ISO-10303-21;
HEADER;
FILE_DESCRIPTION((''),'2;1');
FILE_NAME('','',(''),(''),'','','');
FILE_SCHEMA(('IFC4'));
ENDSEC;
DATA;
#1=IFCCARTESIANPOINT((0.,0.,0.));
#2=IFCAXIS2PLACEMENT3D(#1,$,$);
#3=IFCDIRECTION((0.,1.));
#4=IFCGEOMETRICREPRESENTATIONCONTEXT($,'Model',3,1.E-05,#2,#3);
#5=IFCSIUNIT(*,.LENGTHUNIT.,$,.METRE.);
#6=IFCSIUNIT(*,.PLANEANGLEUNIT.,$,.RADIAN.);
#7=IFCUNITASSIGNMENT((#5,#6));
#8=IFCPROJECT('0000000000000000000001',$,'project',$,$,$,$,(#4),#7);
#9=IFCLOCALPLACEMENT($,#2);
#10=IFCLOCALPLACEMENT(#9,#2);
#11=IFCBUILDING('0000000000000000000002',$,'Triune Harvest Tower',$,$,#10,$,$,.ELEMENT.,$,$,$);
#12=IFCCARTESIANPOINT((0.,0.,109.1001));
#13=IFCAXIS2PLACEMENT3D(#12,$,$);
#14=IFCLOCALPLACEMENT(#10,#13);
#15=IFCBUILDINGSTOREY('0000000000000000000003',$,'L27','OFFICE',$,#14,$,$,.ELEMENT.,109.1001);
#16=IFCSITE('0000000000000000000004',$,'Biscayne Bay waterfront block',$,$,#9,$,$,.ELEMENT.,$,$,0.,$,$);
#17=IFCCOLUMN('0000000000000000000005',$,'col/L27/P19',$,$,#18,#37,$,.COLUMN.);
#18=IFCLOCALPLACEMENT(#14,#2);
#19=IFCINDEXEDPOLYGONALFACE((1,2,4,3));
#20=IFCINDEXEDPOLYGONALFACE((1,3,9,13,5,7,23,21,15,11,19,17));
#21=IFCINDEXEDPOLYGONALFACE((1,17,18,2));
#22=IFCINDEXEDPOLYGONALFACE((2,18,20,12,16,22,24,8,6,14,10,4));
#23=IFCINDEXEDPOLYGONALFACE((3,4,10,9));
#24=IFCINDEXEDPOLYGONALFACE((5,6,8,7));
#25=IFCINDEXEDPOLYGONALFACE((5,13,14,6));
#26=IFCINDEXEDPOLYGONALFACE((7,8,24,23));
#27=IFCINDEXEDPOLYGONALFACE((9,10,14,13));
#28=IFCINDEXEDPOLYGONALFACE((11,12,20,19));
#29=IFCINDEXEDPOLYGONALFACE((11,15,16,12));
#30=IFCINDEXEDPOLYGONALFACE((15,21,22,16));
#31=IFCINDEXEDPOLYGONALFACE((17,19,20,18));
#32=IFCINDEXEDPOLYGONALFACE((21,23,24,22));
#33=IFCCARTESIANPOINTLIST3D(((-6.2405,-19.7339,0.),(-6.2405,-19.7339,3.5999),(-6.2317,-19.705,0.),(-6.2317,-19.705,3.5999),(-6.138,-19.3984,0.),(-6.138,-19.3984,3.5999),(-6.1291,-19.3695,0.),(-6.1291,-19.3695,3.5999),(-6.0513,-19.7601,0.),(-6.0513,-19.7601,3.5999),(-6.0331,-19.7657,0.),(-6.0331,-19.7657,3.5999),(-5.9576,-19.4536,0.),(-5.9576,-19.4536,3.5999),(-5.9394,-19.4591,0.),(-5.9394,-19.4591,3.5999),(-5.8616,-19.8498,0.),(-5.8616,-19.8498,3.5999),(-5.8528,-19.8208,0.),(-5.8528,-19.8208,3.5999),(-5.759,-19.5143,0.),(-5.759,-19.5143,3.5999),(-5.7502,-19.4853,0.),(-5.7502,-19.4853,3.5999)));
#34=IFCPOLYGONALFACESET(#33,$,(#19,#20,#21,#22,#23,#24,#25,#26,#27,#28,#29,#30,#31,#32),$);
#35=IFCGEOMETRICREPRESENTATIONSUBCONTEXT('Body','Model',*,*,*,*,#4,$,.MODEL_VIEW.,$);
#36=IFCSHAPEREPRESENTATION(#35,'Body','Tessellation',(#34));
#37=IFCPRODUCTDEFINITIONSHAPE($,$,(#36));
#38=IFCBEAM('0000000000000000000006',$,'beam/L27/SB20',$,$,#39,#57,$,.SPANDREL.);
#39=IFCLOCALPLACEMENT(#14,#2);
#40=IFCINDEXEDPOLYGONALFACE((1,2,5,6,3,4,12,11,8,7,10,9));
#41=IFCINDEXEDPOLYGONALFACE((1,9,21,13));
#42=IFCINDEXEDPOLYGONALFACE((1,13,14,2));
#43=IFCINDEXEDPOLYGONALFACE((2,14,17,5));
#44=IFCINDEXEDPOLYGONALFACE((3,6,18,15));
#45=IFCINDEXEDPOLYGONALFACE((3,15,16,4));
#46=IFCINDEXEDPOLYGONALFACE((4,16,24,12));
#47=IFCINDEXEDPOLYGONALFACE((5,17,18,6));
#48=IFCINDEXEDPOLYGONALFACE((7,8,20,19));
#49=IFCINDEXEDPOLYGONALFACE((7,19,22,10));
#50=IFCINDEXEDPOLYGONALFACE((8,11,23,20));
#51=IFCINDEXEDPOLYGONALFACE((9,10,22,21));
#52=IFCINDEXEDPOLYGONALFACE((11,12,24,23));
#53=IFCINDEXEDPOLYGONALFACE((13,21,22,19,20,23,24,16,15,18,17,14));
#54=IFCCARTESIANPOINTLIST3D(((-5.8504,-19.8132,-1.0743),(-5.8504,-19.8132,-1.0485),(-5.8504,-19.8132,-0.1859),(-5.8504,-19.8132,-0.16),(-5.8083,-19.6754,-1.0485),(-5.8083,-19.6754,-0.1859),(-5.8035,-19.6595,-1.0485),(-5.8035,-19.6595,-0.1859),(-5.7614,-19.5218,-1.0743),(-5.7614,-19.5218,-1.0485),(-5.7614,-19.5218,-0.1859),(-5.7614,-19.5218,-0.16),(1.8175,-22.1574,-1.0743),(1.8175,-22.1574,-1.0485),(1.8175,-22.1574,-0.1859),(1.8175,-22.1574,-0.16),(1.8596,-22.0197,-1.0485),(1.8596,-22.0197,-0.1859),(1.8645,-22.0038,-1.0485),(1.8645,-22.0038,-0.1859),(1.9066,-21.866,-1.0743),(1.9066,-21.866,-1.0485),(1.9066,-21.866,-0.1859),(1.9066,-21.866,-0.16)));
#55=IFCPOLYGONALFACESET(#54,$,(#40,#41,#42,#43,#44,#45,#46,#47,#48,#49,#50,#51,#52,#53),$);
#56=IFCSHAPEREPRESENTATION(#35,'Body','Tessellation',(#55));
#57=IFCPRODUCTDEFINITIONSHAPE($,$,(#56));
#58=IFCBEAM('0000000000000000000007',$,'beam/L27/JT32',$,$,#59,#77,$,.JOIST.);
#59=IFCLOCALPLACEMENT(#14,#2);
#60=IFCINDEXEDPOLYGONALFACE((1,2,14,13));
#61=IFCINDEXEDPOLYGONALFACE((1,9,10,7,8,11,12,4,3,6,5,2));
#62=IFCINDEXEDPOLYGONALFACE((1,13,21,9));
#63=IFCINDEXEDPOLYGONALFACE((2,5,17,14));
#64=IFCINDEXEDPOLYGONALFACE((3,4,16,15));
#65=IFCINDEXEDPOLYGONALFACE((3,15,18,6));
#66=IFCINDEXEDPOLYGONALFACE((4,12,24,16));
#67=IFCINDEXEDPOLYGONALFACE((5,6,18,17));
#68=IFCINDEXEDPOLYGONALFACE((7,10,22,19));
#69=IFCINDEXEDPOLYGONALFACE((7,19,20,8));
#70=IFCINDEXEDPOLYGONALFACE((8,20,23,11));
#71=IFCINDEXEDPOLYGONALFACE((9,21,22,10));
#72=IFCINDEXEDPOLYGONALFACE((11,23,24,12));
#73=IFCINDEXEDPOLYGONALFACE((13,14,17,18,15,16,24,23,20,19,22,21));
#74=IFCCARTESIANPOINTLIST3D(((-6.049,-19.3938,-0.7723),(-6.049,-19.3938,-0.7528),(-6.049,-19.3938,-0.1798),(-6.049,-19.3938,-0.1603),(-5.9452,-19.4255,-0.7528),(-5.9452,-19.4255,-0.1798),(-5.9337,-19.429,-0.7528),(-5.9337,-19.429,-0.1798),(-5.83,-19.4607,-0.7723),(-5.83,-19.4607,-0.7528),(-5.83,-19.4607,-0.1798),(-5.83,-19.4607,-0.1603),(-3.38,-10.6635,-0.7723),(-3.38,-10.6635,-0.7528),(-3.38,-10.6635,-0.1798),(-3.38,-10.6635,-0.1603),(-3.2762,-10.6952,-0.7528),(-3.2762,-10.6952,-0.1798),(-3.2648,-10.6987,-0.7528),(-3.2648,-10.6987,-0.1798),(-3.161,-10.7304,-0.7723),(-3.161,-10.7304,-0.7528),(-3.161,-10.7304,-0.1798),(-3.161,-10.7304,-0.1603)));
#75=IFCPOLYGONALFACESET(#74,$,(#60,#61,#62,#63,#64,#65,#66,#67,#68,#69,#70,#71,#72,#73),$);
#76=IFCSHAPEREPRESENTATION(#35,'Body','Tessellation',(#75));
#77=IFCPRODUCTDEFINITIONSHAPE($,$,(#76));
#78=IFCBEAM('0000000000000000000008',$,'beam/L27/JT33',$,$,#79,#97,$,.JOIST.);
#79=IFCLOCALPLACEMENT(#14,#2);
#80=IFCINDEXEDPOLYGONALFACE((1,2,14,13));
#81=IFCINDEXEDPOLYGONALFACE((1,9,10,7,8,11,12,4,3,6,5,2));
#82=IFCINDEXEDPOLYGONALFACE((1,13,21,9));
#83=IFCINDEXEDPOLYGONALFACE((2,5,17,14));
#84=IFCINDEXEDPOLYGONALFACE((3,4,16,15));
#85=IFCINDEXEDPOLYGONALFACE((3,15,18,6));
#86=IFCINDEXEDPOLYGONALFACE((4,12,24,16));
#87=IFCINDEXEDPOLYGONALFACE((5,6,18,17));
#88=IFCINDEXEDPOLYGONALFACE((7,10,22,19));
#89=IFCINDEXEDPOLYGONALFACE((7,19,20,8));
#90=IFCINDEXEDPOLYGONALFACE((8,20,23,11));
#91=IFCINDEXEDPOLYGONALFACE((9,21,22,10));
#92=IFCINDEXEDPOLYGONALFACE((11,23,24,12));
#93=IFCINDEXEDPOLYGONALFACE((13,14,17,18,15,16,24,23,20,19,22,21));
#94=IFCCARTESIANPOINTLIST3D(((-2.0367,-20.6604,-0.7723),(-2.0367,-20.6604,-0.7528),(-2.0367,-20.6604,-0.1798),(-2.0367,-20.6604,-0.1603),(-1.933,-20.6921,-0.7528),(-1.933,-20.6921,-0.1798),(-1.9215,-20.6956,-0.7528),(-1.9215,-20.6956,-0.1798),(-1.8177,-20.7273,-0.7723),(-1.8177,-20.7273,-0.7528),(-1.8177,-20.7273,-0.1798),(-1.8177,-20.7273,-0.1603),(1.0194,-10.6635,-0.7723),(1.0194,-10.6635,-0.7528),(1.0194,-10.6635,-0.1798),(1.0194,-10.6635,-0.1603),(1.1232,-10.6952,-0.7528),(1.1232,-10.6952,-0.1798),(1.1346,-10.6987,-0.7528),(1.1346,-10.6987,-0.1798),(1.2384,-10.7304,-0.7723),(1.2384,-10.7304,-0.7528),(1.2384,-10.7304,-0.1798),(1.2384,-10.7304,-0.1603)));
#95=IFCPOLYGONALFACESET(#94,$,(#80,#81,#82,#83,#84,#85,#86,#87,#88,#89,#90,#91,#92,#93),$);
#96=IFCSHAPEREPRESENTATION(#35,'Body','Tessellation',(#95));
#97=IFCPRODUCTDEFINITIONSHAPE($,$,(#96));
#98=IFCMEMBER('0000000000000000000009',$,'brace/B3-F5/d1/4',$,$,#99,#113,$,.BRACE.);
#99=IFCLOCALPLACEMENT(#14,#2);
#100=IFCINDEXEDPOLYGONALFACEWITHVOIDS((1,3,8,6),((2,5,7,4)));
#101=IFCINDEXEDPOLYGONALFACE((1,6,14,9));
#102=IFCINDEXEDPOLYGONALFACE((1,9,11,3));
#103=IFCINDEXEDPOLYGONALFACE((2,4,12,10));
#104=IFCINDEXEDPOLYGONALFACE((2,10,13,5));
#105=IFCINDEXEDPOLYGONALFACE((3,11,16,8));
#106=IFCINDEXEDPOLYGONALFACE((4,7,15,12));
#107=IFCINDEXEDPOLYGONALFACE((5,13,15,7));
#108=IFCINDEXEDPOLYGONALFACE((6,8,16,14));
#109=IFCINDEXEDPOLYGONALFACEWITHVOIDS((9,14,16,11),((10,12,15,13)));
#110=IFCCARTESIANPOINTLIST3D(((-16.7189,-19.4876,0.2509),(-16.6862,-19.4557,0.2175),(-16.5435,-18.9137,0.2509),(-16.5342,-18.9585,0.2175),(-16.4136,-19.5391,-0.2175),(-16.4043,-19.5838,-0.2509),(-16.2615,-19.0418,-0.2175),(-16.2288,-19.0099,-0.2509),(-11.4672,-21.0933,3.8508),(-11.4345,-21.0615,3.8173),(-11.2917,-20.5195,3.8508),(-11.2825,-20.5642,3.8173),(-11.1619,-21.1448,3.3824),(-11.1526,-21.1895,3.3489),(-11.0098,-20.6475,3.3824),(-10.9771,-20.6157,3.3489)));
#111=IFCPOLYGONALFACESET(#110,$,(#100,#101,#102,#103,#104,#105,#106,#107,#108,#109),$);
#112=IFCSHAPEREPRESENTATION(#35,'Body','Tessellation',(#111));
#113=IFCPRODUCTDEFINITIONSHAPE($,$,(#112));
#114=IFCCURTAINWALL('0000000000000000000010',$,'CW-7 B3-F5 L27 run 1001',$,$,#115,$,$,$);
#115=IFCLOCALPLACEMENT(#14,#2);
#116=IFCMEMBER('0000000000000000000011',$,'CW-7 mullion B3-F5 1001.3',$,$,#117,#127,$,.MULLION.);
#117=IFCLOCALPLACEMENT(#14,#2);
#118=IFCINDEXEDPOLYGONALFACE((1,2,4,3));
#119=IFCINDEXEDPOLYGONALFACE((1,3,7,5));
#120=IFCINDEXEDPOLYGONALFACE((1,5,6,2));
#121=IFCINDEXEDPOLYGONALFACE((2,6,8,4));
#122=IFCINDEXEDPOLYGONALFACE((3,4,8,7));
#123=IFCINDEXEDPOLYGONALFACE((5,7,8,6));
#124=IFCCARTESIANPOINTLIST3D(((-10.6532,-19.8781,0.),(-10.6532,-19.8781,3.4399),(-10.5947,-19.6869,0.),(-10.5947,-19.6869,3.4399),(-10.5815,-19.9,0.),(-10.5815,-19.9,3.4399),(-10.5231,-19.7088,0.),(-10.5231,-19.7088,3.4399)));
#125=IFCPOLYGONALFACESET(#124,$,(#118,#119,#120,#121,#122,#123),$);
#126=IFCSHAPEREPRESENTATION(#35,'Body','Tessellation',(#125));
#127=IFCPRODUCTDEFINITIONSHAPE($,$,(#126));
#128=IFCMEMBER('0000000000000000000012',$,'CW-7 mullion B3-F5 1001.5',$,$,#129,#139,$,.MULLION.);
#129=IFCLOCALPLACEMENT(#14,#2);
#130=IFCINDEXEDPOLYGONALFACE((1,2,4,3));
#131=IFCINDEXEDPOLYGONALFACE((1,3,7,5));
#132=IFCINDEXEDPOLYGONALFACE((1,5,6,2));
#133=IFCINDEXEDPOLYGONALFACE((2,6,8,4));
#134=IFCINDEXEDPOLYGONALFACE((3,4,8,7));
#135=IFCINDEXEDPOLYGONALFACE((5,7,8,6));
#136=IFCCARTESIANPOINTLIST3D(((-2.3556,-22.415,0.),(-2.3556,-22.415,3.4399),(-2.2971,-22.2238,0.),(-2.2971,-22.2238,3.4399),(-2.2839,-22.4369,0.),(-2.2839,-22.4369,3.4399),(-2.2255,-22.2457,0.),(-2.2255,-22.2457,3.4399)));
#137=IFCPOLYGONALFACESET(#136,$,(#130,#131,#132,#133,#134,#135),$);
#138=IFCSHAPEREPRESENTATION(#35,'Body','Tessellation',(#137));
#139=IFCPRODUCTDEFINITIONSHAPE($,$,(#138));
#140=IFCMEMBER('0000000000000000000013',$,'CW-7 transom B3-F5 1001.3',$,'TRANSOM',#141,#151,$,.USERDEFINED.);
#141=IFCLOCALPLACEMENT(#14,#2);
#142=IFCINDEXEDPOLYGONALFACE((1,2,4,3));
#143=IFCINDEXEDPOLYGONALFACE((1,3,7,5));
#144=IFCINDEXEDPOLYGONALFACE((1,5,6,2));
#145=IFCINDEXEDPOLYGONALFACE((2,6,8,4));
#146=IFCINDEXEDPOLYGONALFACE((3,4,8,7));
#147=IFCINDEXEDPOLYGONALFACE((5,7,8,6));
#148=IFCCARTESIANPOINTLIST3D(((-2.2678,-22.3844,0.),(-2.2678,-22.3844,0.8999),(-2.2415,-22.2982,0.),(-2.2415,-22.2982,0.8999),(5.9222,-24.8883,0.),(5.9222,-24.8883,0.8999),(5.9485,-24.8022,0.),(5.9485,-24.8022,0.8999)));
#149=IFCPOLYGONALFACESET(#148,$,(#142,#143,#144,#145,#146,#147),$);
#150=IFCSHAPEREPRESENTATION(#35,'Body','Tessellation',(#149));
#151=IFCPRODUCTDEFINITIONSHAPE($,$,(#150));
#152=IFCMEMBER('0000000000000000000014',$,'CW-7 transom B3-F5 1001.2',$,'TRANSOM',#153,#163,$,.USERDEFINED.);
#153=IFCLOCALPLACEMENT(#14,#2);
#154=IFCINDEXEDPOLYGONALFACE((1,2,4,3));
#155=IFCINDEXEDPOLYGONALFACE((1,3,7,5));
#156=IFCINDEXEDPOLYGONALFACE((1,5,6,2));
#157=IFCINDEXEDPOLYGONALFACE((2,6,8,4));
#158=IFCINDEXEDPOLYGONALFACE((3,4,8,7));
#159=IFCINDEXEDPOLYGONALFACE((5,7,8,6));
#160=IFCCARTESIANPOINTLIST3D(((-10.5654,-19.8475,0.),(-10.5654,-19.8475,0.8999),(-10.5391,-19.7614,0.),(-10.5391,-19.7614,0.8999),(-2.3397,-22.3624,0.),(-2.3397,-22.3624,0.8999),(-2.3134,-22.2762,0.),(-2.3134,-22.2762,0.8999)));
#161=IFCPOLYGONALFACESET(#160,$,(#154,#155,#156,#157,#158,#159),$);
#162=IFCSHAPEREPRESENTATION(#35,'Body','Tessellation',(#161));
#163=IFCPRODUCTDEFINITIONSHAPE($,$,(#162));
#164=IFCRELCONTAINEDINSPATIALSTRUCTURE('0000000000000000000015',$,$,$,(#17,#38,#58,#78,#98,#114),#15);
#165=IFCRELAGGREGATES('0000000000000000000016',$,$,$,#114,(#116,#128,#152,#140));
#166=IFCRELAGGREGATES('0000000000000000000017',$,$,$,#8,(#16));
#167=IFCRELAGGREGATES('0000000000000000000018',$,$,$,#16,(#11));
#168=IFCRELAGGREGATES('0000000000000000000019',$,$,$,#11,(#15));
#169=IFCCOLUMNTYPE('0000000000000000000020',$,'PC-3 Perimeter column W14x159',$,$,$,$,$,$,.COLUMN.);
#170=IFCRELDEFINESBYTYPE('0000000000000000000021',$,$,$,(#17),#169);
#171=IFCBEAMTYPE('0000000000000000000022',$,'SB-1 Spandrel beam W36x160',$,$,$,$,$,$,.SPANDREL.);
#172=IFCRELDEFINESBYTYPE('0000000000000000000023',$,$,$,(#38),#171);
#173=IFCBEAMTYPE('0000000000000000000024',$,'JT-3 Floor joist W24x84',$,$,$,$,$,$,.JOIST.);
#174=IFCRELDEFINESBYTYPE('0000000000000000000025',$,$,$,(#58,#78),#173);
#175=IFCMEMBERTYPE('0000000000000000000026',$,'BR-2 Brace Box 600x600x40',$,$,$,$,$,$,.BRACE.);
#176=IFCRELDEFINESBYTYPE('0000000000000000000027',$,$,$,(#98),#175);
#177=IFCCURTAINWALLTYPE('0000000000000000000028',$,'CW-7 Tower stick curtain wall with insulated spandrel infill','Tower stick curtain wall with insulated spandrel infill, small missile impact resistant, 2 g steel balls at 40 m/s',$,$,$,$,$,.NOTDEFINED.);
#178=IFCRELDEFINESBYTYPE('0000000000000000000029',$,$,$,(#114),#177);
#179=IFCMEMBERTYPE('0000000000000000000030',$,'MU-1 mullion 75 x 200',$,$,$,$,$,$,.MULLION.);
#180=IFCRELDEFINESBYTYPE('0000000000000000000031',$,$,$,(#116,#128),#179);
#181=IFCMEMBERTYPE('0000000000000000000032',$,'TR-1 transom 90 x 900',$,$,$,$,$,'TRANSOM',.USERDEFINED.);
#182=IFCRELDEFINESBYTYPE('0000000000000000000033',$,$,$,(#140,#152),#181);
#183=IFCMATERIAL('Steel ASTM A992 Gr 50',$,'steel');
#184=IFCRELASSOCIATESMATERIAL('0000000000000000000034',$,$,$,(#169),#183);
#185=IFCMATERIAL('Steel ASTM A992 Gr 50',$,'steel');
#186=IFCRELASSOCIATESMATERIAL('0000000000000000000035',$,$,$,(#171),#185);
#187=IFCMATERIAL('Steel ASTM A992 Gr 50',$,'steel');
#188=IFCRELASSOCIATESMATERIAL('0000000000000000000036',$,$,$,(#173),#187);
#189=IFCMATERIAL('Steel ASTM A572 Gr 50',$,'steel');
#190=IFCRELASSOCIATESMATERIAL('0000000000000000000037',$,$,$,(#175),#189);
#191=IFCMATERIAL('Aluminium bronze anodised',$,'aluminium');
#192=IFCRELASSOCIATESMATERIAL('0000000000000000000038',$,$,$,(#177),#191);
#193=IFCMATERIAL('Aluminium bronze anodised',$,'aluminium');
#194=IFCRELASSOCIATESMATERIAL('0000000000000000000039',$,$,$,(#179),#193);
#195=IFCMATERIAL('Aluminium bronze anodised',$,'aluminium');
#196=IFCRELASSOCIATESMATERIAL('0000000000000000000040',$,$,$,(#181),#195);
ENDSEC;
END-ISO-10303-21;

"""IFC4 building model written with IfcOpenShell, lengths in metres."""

from ifc_helpers import new_model, si_unit, direction, frame, origin, origin_2d, place, context, subcontext, project, spatial, rectangle, hollow_rectangle, i_section, extrude, source, transform, mapped, material, material_profile, profile_set, type_object, element, aggregate, save


model = new_model("IFC4")

# Units and contexts
model_context = context("Model", 3, precision=1e-05, world=origin(), true_north=direction((0.0, 1.0)))
body_context = subcontext(model_context, "Body", "Model", "MODEL_VIEW")
ifc_project = project(units=[si_unit("LENGTHUNIT", "METRE"), si_unit("PLANEANGLEUNIT", "RADIAN")], contexts=[model_context])

# Site, building, storey
site_placement = place(None, origin())
site = spatial("IfcSite", under=ifc_project, at=site_placement, Name="Biscayne Bay waterfront block", CompositionType="ELEMENT", RefElevation=0.0)
building_placement = place(site_placement, origin())
building = spatial("IfcBuilding", under=site, at=building_placement, Name="Triune Harvest Tower", CompositionType="ELEMENT")
storey_placement = place(building_placement, frame((0.0, 0.0, 109.1001)))
storey = spatial("IfcBuildingStorey", under=building, at=storey_placement, Name="L27", Description="OFFICE", CompositionType="ELEMENT", Elevation=109.1001)

# Column
ifc_material_1 = material(Name="Steel ASTM A992 Gr 50", Category="steel")
ifc_material_profile_1 = material_profile(ifc_material_1, i_section(OverallWidth=0.3962, OverallDepth=0.3811, WebThickness=0.019, FlangeThickness=0.0303, at=origin_2d()), Name="W14x159")
ifc_profile_set_1 = profile_set([ifc_material_profile_1], Name="Steel ASTM A992 Gr 50")
column_type = type_object("IfcColumnType", Name="PC-3 Perimeter column W14x159", PredefinedType="COLUMN", material=ifc_profile_set_1)
shared_shape_1 = source(origin(), body_context, "Body", "SweptSolid", [
    extrude(i_section(OverallWidth=0.3962, OverallDepth=0.3811, WebThickness=0.019, FlangeThickness=0.0303, at=origin_2d()), origin(), (0.0, 0.0, 1.0), 3.5999),
])
column_placement = place(storey_placement, frame((-5.9954, -19.6096, 0.0), z_axis=(0.0, 0.0, 1.0), x_axis=(0.956305, -0.292372, 0.0)))
element("IfcColumn", 1, at=column_placement, inside=storey, type_object=column_type, Name="col/L27/P19", PredefinedType="COLUMN", context=body_context, shape_type="MappedRepresentation", body=[
    mapped(shared_shape_1, transform((0.0, 0.0, 0.0), scale=1.0)),
])

# Beams
ifc_material_2 = material(Name="Steel ASTM A992 Gr 50", Category="steel")
ifc_material_profile_2 = material_profile(ifc_material_2, i_section(OverallWidth=0.3047, OverallDepth=0.9143, WebThickness=0.0166, FlangeThickness=0.0259, at=origin_2d()), Name="W36x160")
ifc_profile_set_2 = profile_set([ifc_material_profile_2], Name="Steel ASTM A992 Gr 50")
beam_type_1 = type_object("IfcBeamType", Name="SB-1 Spandrel beam W36x160", PredefinedType="SPANDREL", material=ifc_profile_set_2)
shared_shape_2 = source(origin(), body_context, "Body", "SweptSolid", [
    extrude(i_section(OverallWidth=0.3047, OverallDepth=0.9143, WebThickness=0.0166, FlangeThickness=0.0259, at=origin_2d()), origin(), (0.0, 0.0, 1.0), 8.0183),
])
beam_1_placement = place(storey_placement, frame((-5.8059, -19.6675, -0.6172), z_axis=(0.956308, -0.292361, 0.0), x_axis=(0.292361, 0.956308, 0.0)))
element("IfcBeam", 2, at=beam_1_placement, inside=storey, type_object=beam_type_1, Name="beam/L27/SB20", PredefinedType="SPANDREL", context=body_context, shape_type="MappedRepresentation", body=[
    mapped(shared_shape_2, transform((0.0, 0.0, 0.0), scale=1.0)),
])
ifc_material_3 = material(Name="Steel ASTM A992 Gr 50", Category="steel")
ifc_material_profile_3 = material_profile(ifc_material_3, i_section(OverallWidth=0.229, OverallDepth=0.6121, WebThickness=0.012, FlangeThickness=0.0195, at=origin_2d()), Name="W24x84")
ifc_profile_set_3 = profile_set([ifc_material_profile_3], Name="Steel ASTM A992 Gr 50")
beam_type_2 = type_object("IfcBeamType", Name="JT-3 Floor joist W24x84", PredefinedType="JOIST", material=ifc_profile_set_3)
shared_shape_3 = source(origin(), body_context, "Body", "SweptSolid", [
    extrude(i_section(OverallWidth=0.229, OverallDepth=0.6121, WebThickness=0.012, FlangeThickness=0.0195, at=origin_2d()), origin(), (0.0, 0.0, 1.0), 9.1292),
])
beam_2_placement = place(storey_placement, frame((-5.9395, -19.4272, -0.4663), z_axis=(0.292356, 0.956309, 0.0), x_axis=(-0.956309, 0.292356, 0.0)))
element("IfcBeam", 3, at=beam_2_placement, inside=storey, type_object=beam_type_2, Name="beam/L27/JT32", PredefinedType="JOIST", context=body_context, shape_type="MappedRepresentation", body=[
    mapped(shared_shape_3, transform((0.0, 0.0, 0.0), scale=1.0)),
])
shared_shape_4 = source(origin(), body_context, "Body", "SweptSolid", [
    extrude(i_section(OverallWidth=0.229, OverallDepth=0.6121, WebThickness=0.012, FlangeThickness=0.0195, at=origin_2d()), origin(), (0.0, 0.0, 1.0), 10.4536),
])
beam_3_placement = place(storey_placement, frame((-1.9272, -20.6938, -0.4663), z_axis=(0.292356, 0.95631, 0.0), x_axis=(-0.95631, 0.292356, 0.0)))
element("IfcBeam", 4, at=beam_3_placement, inside=storey, type_object=beam_type_2, Name="beam/L27/JT33", PredefinedType="JOIST", context=body_context, shape_type="MappedRepresentation", body=[
    mapped(shared_shape_4, transform((0.0, 0.0, 0.0), scale=1.0)),
])

# Member
ifc_material_4 = material(Name="Steel ASTM A572 Gr 50", Category="steel")
ifc_material_profile_4 = material_profile(ifc_material_4, hollow_rectangle(XDim=0.6001, YDim=0.6001, WallThickness=0.04, at=origin_2d()), Name="Box 600x600x40")
ifc_profile_set_4 = profile_set([ifc_material_profile_4], Name="Steel ASTM A572 Gr 50")
member_type_1 = type_object("IfcMemberType", Name="BR-2 Brace Box 600x600x40", PredefinedType="BRACE", material=ifc_profile_set_4)
shared_shape_5 = source(origin(), body_context, "Body", "SweptSolid", [
    extrude(hollow_rectangle(XDim=0.6001, YDim=0.6001, WallThickness=0.04, at=origin_2d()), origin(), (0.0, 0.0, 1.0), 6.5664),
])
member_1_placement = place(storey_placement, frame((-16.4739, -19.2488, 0.0), z_axis=(0.799784, -0.244534, 0.548223), x_axis=(0.292389, 0.956299, 0.0)))
element("IfcMember", 5, at=member_1_placement, inside=storey, type_object=member_type_1, Name="brace/B3-F5/d1/4", PredefinedType="BRACE", context=body_context, shape_type="MappedRepresentation", body=[
    mapped(shared_shape_5, transform((0.0, 0.0, 0.0), scale=1.0)),
])

# Curtain wall, members
ifc_material_5 = material(Name="Aluminium bronze anodised", Category="aluminium")
curtain_wall_type = type_object("IfcCurtainWallType", Name="CW-7 Tower stick curtain wall with insulated spandrel infill", Description="Tower stick curtain wall with insulated spandrel infill, small missile impact resistant, 2 g steel balls at 40 m/s", PredefinedType="NOTDEFINED", material=ifc_material_5)
curtain_wall_placement = place(storey_placement, origin())
curtain_wall = element("IfcCurtainWall", 6, at=curtain_wall_placement, inside=storey, type_object=curtain_wall_type, Name="CW-7 B3-F5 L27 run 1001")
ifc_material_6 = material(Name="Aluminium bronze anodised", Category="aluminium")
ifc_material_profile_5 = material_profile(ifc_material_6, rectangle(XDim=0.2, YDim=0.075, at=origin_2d()), Name="MU-1 mullion 75 x 200")
ifc_profile_set_5 = profile_set([ifc_material_profile_5], Name="Aluminium bronze anodised")
member_type_2 = type_object("IfcMemberType", Name="MU-1 mullion 75 x 200", PredefinedType="MULLION", material=ifc_profile_set_5)
shared_shape_6 = source(origin(), body_context, "Body", "SweptSolid", [
    extrude(rectangle(XDim=0.2, YDim=0.075, at=origin_2d()), origin(), (0.0, 0.0, 1.0), 3.4399),
])
member_2_placement = place(storey_placement, frame((-10.5881, -19.7935, 0.0), z_axis=(0.0, 0.0, 1.0), x_axis=(0.292373, 0.956304, 0.0)))
member_2 = element("IfcMember", 7, at=member_2_placement, type_object=member_type_2, Name="CW-7 mullion B3-F5 1001.3", PredefinedType="MULLION", context=body_context, shape_type="MappedRepresentation", body=[
    mapped(shared_shape_6, transform((0.0, 0.0, 0.0), scale=1.0)),
])
member_3_placement = place(storey_placement, frame((-2.2905, -22.3303, 0.0), z_axis=(0.0, 0.0, 1.0), x_axis=(0.292373, 0.956304, 0.0)))
member_3 = element("IfcMember", 8, at=member_3_placement, type_object=member_type_2, Name="CW-7 mullion B3-F5 1001.5", PredefinedType="MULLION", context=body_context, shape_type="MappedRepresentation", body=[
    mapped(shared_shape_6, transform((0.0, 0.0, 0.0), scale=1.0)),
])
ifc_material_7 = material(Name="Aluminium bronze anodised", Category="aluminium")
ifc_material_profile_6 = material_profile(ifc_material_7, rectangle(XDim=0.0901, YDim=0.8999, at=origin_2d()), Name="TR-1 transom 90 x 900")
ifc_profile_set_6 = profile_set([ifc_material_profile_6], Name="Aluminium bronze anodised")
member_type_3 = type_object("IfcMemberType", Name="TR-1 transom 90 x 900", ElementType="TRANSOM", PredefinedType="USERDEFINED", material=ifc_profile_set_6)
shared_shape_7 = source(origin(), body_context, "Body", "SweptSolid", [
    extrude(rectangle(XDim=0.0901, YDim=0.8999, at=origin_2d()), origin(), (0.0, 0.0, 1.0), 8.5642),
])
member_4_placement = place(storey_placement, frame((-2.2546, -22.3413, 0.45), z_axis=(0.956305, -0.292371, 0.0), x_axis=(0.292371, 0.956305, 0.0)))
member_4 = element("IfcMember", 9, at=member_4_placement, type_object=member_type_3, Name="CW-7 transom B3-F5 1001.3", ObjectType="TRANSOM", PredefinedType="USERDEFINED", context=body_context, shape_type="MappedRepresentation", body=[
    mapped(shared_shape_7, transform((0.0, 0.0, 0.0), scale=1.0)),
])
shared_shape_8 = source(origin(), body_context, "Body", "SweptSolid", [
    extrude(rectangle(XDim=0.0901, YDim=0.8999, at=origin_2d()), origin(), (0.0, 0.0, 1.0), 8.6016),
])
member_5_placement = place(storey_placement, frame((-10.5522, -19.8044, 0.45), z_axis=(0.956305, -0.292372, 0.0), x_axis=(0.292372, 0.956305, 0.0)))
member_5 = element("IfcMember", 10, at=member_5_placement, type_object=member_type_3, Name="CW-7 transom B3-F5 1001.2", ObjectType="TRANSOM", PredefinedType="USERDEFINED", context=body_context, shape_type="MappedRepresentation", body=[
    mapped(shared_shape_8, transform((0.0, 0.0, 0.0), scale=1.0)),
])
aggregate(curtain_wall, [member_2, member_3, member_5, member_4])

save(model, "model.ifc")
